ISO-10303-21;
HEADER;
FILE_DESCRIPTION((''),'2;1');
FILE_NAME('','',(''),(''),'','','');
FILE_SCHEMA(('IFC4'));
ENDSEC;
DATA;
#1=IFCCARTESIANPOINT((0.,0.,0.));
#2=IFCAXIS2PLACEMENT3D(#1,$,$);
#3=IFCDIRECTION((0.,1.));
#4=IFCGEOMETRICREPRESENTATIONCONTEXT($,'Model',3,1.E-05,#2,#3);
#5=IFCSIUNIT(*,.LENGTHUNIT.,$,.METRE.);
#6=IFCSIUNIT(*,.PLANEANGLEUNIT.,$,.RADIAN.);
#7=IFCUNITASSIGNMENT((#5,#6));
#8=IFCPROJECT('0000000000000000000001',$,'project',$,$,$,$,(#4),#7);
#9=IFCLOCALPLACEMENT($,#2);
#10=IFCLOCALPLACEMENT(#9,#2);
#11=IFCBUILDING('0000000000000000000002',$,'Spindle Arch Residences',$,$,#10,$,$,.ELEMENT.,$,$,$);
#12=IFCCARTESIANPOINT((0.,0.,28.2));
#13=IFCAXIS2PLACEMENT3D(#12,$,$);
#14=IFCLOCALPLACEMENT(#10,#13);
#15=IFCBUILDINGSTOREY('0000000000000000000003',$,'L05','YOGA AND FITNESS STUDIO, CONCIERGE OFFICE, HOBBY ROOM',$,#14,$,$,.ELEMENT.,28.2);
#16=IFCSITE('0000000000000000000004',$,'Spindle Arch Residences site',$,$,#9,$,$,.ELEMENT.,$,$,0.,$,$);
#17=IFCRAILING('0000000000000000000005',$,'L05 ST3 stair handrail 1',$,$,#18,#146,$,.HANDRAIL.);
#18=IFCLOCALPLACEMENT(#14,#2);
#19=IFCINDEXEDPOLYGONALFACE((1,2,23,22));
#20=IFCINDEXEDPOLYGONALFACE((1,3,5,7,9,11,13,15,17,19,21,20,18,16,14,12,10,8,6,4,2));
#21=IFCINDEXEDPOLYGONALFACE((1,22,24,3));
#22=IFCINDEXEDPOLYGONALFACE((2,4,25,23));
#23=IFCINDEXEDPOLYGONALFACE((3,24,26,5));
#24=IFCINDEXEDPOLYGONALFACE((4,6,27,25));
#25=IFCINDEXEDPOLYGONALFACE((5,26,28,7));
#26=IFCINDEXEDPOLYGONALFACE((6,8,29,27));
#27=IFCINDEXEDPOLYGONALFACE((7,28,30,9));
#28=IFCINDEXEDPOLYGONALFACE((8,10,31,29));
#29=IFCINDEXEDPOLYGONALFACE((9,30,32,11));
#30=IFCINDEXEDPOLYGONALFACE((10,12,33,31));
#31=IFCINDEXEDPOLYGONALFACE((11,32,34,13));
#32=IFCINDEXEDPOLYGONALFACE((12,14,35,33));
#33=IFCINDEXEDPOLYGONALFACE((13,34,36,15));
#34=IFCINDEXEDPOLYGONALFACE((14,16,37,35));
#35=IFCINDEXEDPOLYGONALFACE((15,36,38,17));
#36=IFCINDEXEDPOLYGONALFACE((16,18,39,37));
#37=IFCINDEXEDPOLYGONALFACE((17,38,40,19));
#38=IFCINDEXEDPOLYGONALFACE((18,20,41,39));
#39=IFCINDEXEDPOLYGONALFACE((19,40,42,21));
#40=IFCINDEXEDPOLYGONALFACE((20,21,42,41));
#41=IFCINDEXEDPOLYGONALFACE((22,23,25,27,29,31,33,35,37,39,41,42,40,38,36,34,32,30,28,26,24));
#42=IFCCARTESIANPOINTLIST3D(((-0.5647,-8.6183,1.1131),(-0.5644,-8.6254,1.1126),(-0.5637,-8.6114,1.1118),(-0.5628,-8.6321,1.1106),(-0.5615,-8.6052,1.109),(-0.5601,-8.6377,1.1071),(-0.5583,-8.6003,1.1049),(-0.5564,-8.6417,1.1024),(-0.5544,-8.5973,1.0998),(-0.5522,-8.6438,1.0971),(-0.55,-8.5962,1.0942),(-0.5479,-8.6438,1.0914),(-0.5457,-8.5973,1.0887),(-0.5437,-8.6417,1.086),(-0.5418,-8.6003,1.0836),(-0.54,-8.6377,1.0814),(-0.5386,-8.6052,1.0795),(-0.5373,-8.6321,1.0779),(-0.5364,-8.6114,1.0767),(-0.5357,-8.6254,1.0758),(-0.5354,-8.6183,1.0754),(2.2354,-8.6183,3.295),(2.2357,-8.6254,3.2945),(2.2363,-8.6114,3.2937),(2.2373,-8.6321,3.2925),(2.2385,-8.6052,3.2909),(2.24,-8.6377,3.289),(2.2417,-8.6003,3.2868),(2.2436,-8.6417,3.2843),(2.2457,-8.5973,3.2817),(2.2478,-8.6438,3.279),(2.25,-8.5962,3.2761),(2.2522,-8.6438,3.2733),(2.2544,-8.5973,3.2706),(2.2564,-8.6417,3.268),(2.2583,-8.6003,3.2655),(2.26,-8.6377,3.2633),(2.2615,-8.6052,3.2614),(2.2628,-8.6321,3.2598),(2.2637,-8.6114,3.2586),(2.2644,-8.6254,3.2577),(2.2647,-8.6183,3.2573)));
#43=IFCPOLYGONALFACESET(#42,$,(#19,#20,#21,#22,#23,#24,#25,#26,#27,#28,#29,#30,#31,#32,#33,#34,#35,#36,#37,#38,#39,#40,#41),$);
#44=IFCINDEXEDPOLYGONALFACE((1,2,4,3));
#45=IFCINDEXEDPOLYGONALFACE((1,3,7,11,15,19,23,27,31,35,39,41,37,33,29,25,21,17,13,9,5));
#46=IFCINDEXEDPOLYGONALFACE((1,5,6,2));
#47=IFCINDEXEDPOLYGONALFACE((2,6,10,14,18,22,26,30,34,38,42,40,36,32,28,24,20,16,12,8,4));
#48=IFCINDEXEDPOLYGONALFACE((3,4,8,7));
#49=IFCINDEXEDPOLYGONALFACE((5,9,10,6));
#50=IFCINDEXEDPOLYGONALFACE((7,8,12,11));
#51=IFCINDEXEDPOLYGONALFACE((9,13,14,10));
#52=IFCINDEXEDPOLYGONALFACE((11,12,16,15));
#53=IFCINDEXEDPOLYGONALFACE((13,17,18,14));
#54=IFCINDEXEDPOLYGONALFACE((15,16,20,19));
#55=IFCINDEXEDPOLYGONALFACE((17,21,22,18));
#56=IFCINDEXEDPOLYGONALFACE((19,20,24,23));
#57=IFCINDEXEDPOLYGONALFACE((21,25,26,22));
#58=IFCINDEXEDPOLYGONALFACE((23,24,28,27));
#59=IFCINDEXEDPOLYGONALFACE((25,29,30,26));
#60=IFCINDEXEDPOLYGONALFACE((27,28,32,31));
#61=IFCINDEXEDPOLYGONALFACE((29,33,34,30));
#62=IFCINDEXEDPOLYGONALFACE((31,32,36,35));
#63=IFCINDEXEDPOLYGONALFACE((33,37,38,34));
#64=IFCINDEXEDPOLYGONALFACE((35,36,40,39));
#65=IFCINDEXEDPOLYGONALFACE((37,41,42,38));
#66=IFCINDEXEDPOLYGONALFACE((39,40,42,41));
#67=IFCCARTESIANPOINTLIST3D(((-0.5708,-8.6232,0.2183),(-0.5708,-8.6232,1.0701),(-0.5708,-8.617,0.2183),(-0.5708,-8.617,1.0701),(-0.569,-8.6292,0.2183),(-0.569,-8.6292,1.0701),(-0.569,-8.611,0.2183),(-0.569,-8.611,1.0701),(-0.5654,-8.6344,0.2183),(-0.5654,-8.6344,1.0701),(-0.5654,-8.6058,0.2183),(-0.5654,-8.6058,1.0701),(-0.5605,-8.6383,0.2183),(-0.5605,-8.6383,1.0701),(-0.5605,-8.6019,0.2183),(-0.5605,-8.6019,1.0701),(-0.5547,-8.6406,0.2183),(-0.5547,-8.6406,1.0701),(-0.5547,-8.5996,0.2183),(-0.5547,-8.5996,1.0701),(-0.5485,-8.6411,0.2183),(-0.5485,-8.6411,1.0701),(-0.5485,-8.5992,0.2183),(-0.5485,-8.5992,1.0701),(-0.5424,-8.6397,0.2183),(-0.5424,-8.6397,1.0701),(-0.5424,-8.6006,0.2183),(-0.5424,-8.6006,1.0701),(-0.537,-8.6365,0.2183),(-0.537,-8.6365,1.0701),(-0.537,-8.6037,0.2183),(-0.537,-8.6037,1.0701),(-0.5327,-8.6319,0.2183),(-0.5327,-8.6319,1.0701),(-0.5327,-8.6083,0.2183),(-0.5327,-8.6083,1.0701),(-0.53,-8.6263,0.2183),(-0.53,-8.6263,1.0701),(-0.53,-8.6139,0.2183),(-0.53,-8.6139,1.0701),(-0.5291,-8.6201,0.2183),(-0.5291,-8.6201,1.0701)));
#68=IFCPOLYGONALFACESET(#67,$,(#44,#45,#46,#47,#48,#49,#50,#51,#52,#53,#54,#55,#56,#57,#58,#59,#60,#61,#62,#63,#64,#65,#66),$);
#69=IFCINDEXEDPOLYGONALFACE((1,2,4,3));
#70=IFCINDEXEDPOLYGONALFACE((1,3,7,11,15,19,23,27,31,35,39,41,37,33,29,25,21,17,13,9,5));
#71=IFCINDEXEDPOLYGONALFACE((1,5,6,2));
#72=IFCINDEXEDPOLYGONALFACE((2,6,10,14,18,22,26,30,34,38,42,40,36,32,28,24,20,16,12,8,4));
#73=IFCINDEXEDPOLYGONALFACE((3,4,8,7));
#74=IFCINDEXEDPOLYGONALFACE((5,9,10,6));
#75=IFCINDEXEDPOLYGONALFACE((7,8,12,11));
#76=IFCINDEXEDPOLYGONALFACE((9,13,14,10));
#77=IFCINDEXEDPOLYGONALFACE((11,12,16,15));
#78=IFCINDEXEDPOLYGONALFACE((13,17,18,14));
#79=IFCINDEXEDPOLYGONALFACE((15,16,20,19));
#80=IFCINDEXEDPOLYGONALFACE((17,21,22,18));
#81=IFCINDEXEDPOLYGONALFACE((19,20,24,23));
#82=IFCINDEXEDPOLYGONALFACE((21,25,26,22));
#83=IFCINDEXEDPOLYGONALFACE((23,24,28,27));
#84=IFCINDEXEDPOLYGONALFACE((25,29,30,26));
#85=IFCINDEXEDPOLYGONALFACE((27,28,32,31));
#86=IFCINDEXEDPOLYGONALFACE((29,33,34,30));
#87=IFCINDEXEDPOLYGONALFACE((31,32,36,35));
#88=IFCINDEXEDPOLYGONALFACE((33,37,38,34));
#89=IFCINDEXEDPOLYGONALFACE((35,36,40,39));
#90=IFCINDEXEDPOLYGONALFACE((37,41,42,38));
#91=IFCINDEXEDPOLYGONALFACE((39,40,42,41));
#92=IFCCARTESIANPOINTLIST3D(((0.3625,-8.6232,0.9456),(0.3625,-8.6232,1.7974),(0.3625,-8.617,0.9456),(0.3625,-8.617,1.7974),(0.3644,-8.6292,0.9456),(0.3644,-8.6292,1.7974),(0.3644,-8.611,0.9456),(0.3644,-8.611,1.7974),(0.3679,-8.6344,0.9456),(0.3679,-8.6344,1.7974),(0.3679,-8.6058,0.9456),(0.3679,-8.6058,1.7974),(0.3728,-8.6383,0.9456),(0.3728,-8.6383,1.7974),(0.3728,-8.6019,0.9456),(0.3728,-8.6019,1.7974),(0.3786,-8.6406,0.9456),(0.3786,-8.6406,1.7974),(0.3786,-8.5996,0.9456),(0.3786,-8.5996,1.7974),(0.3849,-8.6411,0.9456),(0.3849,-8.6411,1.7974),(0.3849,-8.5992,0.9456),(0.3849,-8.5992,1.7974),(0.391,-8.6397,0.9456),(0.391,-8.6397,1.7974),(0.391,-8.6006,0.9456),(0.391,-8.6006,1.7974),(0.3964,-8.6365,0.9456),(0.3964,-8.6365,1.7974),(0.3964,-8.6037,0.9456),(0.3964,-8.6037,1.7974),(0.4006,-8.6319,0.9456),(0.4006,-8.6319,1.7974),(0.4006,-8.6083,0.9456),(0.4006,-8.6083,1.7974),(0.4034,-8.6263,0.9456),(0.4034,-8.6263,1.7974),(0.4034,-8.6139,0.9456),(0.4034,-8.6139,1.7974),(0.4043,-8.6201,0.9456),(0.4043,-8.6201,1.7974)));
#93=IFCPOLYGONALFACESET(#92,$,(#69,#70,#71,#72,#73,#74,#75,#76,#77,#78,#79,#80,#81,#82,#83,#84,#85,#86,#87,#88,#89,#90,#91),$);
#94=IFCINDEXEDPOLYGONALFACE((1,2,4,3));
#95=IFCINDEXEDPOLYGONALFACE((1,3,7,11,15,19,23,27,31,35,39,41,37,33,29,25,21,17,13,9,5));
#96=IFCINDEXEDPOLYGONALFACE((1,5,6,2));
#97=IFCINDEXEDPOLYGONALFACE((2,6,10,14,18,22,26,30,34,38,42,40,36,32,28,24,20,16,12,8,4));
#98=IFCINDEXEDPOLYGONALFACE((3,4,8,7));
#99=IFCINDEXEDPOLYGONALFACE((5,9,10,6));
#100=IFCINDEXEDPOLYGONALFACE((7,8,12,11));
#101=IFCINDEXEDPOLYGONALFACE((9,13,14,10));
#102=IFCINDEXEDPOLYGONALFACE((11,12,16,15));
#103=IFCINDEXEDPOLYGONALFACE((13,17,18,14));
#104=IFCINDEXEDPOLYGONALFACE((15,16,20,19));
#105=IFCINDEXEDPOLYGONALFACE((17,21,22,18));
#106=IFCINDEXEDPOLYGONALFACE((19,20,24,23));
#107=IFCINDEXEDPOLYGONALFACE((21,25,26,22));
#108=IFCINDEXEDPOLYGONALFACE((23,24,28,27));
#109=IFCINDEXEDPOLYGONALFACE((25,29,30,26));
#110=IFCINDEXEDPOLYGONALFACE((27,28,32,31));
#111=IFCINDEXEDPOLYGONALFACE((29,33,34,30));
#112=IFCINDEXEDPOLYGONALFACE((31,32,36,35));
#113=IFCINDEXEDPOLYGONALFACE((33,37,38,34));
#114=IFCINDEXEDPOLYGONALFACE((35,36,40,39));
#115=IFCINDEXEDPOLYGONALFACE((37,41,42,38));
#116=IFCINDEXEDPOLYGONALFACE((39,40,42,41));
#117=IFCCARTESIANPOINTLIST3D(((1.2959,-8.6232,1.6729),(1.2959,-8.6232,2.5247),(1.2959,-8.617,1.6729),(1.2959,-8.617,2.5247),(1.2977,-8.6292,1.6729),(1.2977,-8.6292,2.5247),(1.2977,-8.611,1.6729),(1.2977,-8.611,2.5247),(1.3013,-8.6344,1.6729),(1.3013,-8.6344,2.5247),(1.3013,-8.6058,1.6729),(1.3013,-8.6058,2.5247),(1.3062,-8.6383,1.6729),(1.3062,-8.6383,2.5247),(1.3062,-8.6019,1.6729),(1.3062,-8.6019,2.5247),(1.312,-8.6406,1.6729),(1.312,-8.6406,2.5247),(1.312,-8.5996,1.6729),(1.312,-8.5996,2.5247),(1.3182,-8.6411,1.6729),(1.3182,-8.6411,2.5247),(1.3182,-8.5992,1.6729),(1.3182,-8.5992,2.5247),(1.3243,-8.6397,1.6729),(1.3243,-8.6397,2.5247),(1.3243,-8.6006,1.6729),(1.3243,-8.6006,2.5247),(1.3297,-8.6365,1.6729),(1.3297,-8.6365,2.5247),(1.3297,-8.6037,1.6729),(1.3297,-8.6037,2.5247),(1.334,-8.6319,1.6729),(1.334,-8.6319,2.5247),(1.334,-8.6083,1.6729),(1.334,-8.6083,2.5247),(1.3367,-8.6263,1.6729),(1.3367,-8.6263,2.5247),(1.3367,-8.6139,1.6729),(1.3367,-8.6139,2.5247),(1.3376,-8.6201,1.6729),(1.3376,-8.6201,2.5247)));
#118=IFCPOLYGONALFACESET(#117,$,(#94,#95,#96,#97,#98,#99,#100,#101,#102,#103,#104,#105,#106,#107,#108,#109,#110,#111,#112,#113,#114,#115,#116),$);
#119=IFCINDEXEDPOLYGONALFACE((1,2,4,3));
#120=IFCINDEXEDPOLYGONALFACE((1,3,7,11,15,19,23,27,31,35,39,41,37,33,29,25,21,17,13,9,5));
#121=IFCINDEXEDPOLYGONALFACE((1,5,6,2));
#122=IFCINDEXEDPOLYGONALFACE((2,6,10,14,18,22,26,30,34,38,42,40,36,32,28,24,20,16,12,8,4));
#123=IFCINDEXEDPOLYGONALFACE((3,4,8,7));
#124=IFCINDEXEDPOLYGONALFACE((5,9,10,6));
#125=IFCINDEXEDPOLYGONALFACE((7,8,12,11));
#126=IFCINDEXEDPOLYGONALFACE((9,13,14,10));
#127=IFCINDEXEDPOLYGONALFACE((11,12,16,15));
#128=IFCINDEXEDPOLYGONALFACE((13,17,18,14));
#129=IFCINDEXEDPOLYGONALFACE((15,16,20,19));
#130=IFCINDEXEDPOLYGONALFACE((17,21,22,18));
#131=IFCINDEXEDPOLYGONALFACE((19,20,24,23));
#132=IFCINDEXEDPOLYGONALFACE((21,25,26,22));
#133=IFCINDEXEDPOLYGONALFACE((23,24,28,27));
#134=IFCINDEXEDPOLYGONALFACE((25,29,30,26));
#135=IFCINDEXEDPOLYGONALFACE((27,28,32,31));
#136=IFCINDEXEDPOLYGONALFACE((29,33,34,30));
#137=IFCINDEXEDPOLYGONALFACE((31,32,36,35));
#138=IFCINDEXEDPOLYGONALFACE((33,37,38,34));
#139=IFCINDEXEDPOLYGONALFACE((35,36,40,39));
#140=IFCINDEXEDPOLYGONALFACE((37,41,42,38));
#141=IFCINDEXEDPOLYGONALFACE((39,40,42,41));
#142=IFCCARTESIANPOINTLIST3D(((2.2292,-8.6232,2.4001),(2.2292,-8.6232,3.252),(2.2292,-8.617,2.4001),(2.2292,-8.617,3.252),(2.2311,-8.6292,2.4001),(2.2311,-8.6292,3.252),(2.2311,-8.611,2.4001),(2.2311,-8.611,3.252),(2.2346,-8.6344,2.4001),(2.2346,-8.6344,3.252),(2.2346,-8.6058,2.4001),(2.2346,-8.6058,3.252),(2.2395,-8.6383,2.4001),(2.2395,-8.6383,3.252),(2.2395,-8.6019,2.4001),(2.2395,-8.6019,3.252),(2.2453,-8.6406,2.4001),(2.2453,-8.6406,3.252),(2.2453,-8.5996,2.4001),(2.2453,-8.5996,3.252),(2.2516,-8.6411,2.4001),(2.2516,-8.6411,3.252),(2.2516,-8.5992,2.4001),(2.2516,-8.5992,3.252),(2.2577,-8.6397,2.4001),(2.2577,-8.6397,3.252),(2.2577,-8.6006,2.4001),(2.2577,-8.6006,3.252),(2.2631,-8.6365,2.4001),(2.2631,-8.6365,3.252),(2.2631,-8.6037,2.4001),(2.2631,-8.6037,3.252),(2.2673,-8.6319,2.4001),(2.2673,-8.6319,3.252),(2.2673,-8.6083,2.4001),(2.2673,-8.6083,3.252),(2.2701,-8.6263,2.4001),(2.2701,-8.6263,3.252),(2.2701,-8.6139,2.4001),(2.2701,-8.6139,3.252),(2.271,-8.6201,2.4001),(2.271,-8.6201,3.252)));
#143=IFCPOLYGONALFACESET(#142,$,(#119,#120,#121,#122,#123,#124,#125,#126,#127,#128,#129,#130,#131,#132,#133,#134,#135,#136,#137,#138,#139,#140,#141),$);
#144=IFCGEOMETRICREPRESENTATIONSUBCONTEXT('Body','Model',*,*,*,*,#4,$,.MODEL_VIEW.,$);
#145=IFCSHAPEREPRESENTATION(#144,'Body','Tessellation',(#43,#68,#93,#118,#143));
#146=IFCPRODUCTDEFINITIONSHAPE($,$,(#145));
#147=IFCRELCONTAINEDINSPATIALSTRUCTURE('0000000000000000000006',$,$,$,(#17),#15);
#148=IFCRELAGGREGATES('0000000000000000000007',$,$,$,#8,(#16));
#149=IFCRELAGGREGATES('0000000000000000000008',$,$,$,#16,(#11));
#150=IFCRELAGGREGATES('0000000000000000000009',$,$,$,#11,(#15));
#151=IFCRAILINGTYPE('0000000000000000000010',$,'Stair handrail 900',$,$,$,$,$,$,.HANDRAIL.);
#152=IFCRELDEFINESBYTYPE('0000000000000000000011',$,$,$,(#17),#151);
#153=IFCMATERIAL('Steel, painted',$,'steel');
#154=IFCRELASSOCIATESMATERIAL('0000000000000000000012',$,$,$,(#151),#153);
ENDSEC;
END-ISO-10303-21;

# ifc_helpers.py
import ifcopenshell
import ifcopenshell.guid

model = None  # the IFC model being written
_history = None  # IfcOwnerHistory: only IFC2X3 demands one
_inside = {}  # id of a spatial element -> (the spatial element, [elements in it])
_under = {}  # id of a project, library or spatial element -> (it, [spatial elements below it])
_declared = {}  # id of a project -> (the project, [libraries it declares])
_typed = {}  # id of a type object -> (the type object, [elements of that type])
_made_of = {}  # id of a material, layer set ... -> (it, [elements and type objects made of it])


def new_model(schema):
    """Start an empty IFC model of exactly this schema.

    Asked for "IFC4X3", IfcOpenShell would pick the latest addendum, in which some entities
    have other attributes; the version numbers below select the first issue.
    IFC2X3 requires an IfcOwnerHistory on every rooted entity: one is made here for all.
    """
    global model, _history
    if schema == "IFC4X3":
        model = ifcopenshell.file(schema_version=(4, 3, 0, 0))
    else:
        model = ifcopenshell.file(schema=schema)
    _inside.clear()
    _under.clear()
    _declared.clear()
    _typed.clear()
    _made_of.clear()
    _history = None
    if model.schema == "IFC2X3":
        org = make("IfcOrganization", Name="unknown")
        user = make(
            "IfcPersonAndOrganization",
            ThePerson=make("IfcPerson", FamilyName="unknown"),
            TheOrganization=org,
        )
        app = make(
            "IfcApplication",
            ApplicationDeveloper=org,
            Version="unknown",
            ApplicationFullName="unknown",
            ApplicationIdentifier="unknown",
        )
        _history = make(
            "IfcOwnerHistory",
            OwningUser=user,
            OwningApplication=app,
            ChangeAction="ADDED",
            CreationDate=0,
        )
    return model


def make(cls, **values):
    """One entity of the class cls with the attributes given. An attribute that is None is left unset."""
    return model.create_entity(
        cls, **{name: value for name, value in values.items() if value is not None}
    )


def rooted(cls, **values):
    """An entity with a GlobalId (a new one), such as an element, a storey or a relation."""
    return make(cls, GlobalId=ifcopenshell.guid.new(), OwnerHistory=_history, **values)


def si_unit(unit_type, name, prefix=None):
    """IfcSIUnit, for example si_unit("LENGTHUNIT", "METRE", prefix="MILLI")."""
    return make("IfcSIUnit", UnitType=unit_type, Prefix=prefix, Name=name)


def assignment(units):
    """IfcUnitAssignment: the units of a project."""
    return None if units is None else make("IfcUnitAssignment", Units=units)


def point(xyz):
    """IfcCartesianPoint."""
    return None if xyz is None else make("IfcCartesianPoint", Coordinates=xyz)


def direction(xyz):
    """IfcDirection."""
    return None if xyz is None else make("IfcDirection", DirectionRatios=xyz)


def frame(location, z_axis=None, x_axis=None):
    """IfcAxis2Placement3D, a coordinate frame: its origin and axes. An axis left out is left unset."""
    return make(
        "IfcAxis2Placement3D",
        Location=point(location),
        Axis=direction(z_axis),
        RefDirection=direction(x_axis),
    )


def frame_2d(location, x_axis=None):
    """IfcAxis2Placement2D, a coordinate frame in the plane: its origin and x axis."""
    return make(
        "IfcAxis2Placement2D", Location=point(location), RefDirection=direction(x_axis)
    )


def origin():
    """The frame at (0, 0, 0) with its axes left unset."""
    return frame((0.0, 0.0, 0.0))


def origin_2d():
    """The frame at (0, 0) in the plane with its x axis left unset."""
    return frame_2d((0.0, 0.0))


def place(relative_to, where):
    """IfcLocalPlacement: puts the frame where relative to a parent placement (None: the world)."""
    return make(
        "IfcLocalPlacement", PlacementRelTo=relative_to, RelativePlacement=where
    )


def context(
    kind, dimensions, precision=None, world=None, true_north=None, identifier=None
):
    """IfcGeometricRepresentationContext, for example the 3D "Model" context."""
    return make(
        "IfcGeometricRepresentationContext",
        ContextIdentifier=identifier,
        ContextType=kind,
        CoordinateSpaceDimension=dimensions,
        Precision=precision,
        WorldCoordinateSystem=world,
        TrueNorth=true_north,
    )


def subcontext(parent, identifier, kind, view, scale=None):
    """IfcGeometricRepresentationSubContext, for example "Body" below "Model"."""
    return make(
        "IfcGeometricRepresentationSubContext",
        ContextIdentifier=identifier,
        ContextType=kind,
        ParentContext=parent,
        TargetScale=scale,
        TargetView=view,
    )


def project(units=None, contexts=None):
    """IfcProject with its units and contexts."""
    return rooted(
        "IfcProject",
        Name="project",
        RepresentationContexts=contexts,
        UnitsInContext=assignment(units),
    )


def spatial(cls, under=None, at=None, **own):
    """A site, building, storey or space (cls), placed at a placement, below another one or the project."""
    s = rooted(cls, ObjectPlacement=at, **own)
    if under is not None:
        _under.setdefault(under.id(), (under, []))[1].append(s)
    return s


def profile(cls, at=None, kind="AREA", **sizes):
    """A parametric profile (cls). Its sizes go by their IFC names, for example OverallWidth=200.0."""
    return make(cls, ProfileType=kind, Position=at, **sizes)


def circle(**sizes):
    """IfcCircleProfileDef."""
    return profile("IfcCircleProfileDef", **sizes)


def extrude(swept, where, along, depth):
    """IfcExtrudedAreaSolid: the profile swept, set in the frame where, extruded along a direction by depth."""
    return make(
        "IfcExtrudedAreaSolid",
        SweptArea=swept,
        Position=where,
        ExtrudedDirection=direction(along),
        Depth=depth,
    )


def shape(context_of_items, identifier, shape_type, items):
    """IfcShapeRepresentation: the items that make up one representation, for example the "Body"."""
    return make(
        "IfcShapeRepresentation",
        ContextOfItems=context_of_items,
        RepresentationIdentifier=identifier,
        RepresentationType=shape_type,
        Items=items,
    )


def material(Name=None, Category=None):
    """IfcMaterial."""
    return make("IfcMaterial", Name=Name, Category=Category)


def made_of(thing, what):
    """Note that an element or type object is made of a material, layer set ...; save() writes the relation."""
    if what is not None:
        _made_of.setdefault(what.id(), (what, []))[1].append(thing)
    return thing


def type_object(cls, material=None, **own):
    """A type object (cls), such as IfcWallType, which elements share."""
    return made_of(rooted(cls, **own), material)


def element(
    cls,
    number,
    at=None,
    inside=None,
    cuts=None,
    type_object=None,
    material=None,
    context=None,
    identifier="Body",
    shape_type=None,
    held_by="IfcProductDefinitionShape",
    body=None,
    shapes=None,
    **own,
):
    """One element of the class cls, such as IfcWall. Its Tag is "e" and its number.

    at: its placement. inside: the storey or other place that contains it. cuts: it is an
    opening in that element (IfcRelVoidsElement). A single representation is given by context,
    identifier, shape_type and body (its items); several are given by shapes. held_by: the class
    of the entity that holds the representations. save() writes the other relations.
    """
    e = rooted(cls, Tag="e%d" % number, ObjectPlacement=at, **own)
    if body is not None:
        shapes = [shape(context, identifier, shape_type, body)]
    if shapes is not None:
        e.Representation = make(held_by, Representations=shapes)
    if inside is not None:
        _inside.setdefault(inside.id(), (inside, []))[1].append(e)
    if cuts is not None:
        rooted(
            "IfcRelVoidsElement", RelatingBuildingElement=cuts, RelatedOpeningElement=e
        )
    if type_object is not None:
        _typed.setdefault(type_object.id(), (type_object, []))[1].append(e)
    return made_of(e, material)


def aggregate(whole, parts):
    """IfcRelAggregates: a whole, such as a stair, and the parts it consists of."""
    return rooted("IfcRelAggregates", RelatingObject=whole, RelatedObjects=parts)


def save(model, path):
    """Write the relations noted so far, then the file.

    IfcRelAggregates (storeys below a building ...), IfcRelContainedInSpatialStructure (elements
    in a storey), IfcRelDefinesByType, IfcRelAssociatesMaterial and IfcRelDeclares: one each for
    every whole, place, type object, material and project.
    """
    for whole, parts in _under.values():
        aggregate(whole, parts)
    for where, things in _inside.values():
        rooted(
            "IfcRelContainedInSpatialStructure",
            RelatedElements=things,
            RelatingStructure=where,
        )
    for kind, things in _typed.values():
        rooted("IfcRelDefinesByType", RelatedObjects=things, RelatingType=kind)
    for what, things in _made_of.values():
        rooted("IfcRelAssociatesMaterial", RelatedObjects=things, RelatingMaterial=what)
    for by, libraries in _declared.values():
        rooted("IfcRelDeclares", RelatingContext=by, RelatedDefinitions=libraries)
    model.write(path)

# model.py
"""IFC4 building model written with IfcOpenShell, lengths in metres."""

from ifc_helpers import new_model, si_unit, direction, frame, origin, origin_2d, place, context, subcontext, project, spatial, circle, extrude, material, type_object, element, save


model = new_model("IFC4")

# Units and contexts
model_context = context("Model", 3, precision=1e-05, world=origin(), true_north=direction((0.0, 1.0)))
body_context = subcontext(model_context, "Body", "Model", "MODEL_VIEW")
ifc_project = project(units=[si_unit("LENGTHUNIT", "METRE"), si_unit("PLANEANGLEUNIT", "RADIAN")], contexts=[model_context])

# Site, building, storey
site_placement = place(None, origin())
site = spatial("IfcSite", under=ifc_project, at=site_placement, Name="Spindle Arch Residences site", CompositionType="ELEMENT", RefElevation=0.0)
building_placement = place(site_placement, origin())
building = spatial("IfcBuilding", under=site, at=building_placement, Name="Spindle Arch Residences", CompositionType="ELEMENT")
storey_placement = place(building_placement, frame((0.0, 0.0, 28.2)))
storey = spatial("IfcBuildingStorey", under=building, at=storey_placement, Name="L05", Description="YOGA AND FITNESS STUDIO, CONCIERGE OFFICE, HOBBY ROOM", CompositionType="ELEMENT", Elevation=28.2)

# Railing
ifc_material_1 = material(Name="Steel, painted", Category="steel")
railing_type_1 = type_object("IfcRailingType", Name="Stair handrail 900", PredefinedType="HANDRAIL", material=ifc_material_1)
railing_1_placement = place(storey_placement, frame((-0.55, -8.6201, 0.2183)))
element("IfcRailing", 1, at=railing_1_placement, inside=storey, type_object=railing_type_1, Name="L05 ST3 stair handrail 1", PredefinedType="HANDRAIL", context=body_context, shape_type="SweptSolid", body=[
    extrude(circle(Radius=0.0239, at=origin_2d()), frame((0.0, 0.0, 0.876), z_axis=(0.788796, 0.0, 0.614655), x_axis=(0.0, 1.0, 0.0)), (0.0, 0.0, 1.0), 3.5498),
    extrude(circle(Radius=0.021, at=origin_2d()), origin(), (0.0, 0.0, 1.0), 0.8518),
    extrude(circle(Radius=0.021, at=origin_2d()), frame((0.9333, 0.0, 0.7273)), (0.0, 0.0, 1.0), 0.8518),
    extrude(circle(Radius=0.021, at=origin_2d()), frame((1.8667, 0.0, 1.4546)), (0.0, 0.0, 1.0), 0.8518),
    extrude(circle(Radius=0.021, at=origin_2d()), frame((2.8, 0.0, 2.1819)), (0.0, 0.0, 1.0), 0.8518),
])

save(model, "model.ifc")
